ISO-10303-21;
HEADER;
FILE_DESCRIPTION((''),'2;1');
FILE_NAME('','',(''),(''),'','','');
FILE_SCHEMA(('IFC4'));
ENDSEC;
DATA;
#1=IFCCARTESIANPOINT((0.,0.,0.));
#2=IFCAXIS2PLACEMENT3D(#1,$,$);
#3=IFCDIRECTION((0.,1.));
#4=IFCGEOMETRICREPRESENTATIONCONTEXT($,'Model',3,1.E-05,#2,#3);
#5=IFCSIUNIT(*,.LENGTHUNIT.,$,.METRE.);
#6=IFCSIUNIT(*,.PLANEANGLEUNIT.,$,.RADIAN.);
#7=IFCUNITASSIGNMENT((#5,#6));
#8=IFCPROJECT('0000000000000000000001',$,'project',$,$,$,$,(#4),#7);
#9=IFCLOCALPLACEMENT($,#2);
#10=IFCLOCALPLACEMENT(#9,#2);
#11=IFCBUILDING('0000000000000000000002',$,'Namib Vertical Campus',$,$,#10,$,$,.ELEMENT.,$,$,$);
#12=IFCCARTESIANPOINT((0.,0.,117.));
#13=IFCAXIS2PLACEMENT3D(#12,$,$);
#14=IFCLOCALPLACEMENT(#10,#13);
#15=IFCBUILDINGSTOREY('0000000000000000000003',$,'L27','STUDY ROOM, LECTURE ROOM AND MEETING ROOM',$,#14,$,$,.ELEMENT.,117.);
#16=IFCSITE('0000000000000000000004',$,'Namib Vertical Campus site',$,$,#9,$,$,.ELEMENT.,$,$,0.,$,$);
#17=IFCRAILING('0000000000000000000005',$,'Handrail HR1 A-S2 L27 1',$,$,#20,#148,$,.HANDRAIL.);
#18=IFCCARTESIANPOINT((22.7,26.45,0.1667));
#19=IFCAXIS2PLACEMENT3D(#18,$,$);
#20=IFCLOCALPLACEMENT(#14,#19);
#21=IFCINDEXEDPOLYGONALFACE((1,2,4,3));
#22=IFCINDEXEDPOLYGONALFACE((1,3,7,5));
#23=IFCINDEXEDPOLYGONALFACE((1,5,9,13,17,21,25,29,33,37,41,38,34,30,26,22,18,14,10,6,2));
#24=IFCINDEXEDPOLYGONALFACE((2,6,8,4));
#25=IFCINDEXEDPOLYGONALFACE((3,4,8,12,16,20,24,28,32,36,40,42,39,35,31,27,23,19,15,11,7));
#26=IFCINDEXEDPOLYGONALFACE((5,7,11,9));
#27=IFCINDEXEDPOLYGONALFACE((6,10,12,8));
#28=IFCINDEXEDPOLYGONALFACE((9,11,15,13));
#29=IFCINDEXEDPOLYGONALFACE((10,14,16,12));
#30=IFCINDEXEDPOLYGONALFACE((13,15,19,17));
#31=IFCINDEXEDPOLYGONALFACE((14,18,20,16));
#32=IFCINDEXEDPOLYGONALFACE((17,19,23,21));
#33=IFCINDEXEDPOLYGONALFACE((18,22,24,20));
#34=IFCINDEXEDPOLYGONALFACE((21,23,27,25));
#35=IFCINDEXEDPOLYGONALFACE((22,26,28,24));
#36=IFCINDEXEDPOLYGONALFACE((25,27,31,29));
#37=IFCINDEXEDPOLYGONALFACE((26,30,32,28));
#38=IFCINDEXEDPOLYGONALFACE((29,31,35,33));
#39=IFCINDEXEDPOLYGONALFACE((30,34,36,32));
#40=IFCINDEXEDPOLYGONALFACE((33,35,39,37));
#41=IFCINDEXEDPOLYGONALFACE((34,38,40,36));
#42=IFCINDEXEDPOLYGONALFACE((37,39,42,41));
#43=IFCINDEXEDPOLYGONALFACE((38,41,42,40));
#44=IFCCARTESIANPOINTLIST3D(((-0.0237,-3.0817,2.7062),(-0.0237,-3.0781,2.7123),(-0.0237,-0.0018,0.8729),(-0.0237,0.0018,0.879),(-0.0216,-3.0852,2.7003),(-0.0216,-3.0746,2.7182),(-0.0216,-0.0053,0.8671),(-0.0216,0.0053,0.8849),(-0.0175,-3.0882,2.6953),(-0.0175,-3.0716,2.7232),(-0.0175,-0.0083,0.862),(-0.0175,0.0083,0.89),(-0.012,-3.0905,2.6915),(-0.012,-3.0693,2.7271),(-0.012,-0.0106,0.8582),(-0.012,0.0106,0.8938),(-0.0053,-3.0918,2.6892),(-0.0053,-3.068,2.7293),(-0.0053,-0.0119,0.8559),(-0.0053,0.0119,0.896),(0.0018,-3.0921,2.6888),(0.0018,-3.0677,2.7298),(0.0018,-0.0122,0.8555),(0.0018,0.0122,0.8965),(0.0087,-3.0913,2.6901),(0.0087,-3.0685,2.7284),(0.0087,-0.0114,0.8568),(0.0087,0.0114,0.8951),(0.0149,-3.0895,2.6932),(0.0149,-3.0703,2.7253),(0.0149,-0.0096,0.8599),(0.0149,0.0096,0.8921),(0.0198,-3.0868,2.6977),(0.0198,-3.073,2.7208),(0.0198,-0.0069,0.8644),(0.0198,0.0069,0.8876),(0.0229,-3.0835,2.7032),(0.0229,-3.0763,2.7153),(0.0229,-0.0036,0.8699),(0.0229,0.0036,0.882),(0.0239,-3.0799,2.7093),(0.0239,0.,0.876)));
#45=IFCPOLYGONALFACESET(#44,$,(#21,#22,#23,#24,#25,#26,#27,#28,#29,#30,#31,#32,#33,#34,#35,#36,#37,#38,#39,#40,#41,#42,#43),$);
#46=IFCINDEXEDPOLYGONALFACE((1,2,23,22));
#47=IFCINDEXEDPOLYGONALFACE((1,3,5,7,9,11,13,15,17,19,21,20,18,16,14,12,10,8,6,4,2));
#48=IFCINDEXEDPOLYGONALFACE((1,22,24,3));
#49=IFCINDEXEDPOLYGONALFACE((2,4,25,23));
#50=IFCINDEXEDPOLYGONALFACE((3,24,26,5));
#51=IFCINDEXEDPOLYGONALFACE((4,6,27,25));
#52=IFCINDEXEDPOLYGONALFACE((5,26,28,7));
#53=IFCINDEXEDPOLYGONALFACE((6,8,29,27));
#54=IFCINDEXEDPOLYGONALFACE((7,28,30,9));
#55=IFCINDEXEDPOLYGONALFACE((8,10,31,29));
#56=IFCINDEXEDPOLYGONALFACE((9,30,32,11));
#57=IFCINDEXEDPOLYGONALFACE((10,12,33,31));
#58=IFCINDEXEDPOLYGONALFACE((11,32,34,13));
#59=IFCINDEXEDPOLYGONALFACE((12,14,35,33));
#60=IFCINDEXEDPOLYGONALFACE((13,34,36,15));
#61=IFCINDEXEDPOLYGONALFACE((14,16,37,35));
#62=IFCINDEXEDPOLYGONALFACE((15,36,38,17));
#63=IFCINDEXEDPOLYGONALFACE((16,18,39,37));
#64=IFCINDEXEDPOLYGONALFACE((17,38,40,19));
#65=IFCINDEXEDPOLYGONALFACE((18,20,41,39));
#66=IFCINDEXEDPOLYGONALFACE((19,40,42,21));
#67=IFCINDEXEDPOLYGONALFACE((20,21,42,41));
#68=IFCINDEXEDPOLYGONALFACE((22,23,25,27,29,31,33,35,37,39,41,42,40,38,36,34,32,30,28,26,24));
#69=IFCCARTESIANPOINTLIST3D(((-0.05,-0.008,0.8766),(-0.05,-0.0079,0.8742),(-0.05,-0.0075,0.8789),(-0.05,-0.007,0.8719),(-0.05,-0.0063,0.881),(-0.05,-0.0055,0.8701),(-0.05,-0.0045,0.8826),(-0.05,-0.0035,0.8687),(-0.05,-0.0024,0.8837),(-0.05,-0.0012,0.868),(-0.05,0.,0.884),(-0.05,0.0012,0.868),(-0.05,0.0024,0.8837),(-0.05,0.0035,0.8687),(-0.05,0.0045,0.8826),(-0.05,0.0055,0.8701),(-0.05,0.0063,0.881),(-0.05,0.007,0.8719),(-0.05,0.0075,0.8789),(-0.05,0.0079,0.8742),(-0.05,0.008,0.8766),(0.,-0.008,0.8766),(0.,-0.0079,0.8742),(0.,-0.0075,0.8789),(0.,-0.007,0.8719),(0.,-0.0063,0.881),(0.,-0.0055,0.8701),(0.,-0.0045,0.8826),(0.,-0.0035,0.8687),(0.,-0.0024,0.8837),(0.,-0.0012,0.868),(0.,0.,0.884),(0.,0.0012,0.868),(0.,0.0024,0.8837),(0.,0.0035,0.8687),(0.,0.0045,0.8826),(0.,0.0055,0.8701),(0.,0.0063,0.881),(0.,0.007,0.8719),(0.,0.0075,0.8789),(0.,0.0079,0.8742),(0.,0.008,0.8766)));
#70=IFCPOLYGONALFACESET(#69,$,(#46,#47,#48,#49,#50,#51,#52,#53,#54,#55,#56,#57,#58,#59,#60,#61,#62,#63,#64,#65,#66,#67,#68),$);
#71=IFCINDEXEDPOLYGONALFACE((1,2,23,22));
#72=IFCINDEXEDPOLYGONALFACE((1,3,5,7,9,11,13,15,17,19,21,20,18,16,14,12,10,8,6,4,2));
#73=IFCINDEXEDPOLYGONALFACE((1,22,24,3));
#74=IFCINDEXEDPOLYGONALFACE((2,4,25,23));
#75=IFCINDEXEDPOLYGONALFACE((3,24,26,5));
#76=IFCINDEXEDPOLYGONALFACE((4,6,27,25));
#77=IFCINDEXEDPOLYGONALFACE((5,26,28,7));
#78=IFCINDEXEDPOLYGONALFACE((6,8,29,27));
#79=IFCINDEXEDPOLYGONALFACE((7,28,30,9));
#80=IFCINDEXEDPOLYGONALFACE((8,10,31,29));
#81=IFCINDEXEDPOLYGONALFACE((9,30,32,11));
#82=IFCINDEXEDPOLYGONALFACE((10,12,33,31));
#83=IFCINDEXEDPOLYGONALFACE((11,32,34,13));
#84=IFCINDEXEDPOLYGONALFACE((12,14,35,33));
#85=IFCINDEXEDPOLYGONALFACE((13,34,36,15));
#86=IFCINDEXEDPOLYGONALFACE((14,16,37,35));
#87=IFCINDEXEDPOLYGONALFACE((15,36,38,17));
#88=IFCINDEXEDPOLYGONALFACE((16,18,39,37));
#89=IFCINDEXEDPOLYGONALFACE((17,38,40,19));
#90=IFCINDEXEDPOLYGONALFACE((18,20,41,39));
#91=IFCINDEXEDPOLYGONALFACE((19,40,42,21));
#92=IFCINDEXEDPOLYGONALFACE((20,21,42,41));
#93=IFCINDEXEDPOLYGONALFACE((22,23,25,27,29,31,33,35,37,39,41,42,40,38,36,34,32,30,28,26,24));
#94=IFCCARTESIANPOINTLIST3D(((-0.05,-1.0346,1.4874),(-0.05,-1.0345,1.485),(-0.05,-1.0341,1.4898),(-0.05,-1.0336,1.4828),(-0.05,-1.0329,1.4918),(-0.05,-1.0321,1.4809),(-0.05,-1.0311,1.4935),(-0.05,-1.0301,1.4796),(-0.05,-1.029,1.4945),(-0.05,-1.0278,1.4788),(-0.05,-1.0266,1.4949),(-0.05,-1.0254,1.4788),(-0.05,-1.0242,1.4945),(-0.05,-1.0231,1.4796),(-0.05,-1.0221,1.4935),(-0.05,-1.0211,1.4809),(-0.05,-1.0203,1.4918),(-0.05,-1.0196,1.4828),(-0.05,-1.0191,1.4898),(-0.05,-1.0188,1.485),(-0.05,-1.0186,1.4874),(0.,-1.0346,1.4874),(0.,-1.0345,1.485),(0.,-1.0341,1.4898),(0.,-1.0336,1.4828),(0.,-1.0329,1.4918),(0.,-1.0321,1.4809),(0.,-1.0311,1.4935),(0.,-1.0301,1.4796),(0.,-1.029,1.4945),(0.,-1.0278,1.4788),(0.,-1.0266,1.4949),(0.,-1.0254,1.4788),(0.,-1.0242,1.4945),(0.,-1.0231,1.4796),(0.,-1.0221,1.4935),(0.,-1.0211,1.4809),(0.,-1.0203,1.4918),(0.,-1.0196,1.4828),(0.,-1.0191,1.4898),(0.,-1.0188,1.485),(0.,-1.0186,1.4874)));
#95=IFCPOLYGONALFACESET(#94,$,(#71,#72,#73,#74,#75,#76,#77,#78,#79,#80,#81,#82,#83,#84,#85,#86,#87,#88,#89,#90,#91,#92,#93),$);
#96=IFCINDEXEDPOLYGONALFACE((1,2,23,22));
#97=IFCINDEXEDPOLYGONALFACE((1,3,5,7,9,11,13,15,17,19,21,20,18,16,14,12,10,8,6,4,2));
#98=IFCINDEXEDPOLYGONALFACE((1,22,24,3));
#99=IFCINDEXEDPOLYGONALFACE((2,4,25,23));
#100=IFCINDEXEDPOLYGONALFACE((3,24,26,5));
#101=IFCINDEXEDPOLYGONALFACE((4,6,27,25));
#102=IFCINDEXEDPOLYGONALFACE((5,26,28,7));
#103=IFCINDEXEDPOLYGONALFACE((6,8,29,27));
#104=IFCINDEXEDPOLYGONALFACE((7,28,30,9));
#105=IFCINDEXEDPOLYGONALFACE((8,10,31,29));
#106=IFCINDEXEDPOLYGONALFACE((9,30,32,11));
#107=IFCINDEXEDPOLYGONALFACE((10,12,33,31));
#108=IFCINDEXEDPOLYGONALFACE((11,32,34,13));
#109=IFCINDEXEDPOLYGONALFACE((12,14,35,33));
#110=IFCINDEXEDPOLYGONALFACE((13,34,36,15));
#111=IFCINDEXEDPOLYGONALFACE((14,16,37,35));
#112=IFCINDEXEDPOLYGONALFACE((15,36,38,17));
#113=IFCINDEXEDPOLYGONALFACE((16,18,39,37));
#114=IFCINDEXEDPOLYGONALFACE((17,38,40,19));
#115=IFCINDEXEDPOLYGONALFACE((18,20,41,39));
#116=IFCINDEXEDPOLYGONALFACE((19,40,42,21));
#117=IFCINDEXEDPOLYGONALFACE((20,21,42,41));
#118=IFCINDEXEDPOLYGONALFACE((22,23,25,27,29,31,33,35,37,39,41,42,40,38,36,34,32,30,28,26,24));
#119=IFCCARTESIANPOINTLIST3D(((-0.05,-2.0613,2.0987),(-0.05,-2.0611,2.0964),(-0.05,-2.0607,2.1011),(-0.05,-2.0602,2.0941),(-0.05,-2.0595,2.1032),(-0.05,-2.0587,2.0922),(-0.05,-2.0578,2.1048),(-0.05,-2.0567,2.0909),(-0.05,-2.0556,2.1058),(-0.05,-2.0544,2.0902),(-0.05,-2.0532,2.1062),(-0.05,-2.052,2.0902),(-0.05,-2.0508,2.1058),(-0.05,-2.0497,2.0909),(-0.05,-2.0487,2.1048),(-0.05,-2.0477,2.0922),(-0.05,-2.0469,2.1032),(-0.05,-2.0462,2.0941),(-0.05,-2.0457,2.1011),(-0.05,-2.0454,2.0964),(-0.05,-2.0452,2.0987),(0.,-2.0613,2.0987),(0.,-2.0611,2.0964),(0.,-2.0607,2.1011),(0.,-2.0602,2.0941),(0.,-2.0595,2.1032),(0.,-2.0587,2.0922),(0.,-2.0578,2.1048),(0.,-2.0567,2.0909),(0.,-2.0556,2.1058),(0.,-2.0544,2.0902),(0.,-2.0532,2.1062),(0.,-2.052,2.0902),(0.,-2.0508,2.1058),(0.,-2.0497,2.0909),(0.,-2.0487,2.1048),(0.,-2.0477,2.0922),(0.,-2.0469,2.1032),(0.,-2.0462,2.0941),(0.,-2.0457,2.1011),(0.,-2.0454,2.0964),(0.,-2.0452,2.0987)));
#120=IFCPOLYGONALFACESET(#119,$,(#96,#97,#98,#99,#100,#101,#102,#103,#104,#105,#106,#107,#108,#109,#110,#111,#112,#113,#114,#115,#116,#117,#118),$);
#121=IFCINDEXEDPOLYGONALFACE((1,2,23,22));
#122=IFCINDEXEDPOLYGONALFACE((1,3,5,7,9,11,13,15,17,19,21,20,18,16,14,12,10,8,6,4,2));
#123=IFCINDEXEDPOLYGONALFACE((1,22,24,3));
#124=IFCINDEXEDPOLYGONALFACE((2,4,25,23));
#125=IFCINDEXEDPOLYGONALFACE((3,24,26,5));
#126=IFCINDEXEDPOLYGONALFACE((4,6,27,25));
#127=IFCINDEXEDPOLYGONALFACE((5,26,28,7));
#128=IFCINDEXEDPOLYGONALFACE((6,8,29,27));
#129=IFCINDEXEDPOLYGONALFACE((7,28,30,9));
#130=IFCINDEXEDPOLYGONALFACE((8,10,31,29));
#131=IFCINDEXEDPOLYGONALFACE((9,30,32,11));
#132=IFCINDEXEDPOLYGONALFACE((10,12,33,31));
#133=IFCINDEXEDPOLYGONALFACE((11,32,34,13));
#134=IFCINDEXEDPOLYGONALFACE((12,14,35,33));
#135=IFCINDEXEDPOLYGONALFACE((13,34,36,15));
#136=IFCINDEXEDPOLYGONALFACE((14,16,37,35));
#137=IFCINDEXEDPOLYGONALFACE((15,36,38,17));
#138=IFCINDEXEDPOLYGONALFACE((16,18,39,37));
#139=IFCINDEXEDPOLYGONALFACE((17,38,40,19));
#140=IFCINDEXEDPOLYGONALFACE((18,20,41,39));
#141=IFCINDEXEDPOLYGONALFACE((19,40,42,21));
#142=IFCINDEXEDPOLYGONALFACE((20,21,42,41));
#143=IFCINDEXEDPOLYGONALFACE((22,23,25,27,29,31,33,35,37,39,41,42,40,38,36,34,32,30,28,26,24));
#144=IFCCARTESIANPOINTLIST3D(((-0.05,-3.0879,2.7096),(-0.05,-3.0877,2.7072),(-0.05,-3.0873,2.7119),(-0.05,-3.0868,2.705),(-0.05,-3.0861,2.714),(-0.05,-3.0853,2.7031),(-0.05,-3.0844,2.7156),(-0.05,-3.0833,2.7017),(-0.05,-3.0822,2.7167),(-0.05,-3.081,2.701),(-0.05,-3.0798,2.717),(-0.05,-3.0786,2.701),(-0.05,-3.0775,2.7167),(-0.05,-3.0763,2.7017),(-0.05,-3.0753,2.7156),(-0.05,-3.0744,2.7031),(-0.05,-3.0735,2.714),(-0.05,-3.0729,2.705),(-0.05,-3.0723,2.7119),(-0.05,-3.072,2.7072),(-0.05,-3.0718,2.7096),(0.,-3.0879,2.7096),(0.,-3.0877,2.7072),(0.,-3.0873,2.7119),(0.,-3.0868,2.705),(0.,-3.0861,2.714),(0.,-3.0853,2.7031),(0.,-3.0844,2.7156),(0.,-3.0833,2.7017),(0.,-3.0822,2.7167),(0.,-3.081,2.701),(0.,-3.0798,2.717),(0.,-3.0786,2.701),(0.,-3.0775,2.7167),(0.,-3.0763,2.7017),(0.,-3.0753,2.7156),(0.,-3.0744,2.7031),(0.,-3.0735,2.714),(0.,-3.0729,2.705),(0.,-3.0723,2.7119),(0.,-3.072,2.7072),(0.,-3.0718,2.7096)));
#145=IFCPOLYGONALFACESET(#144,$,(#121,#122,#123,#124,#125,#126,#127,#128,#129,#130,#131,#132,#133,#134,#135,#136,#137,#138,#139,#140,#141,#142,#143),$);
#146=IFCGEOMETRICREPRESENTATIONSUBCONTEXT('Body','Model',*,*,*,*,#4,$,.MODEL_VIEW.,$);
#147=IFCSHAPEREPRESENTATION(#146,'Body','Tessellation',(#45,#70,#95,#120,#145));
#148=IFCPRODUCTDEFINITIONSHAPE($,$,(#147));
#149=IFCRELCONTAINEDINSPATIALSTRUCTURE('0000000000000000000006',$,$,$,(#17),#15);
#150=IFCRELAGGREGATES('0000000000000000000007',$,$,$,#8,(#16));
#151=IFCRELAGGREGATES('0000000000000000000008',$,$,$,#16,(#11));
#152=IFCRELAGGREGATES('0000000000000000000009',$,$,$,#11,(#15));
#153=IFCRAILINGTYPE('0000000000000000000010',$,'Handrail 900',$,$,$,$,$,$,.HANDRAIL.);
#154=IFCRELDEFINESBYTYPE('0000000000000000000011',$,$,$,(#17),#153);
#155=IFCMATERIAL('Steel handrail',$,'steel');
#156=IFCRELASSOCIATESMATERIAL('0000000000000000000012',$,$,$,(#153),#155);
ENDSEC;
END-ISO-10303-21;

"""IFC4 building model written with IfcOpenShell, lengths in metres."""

from ifc_helpers import new_model, si_unit, direction, frame, origin, origin_2d, place, context, subcontext, project, spatial, circle, extrude, material, type_object, element, save


model = new_model("IFC4")

# Units and contexts
model_context = context("Model", 3, precision=1e-05, world=origin(), true_north=direction((0.0, 1.0)))
body_context = subcontext(model_context, "Body", "Model", "MODEL_VIEW")
ifc_project = project(units=[si_unit("LENGTHUNIT", "METRE"), si_unit("PLANEANGLEUNIT", "RADIAN")], contexts=[model_context])

# Site, building, storey
site_placement = place(None, origin())
site = spatial("IfcSite", under=ifc_project, at=site_placement, Name="Namib Vertical Campus site", CompositionType="ELEMENT", RefElevation=0.0)
building_placement = place(site_placement, origin())
building = spatial("IfcBuilding", under=site, at=building_placement, Name="Namib Vertical Campus", CompositionType="ELEMENT")
storey_placement = place(building_placement, frame((0.0, 0.0, 117.0)))
storey = spatial("IfcBuildingStorey", under=building, at=storey_placement, Name="L27", Description="STUDY ROOM, LECTURE ROOM AND MEETING ROOM", CompositionType="ELEMENT", Elevation=117.0)

# Railing
ifc_material_1 = material(Name="Steel handrail", Category="steel")
railing_type_1 = type_object("IfcRailingType", Name="Handrail 900", PredefinedType="HANDRAIL", material=ifc_material_1)
railing_1_placement = place(storey_placement, frame((22.7, 26.45, 0.1667)))
element("IfcRailing", 1, at=railing_1_placement, inside=storey, type_object=railing_type_1, Name="Handrail HR1 A-S2 L27 1", PredefinedType="HANDRAIL", context=body_context, shape_type="SweptSolid", body=[
    extrude(circle(Radius=0.0239, at=origin_2d()), frame((0.0, 0.0, 0.876), z_axis=(0.0, -0.859291, 0.511487), x_axis=(1.0, 0.0, 0.0)), (0.0, 0.0, 1.0), 3.5842),
    extrude(circle(Radius=0.0081, at=origin_2d()), frame((0.0, 0.0, 0.876), z_axis=(-1.0, 0.0, 0.0), x_axis=(0.0, 0.0, 1.0)), (0.0, 0.0, 1.0), 0.05),
    extrude(circle(Radius=0.0081, at=origin_2d()), frame((0.0, -1.0266, 1.4868), z_axis=(-1.0, 0.0, 0.0), x_axis=(0.0, 0.0, 1.0)), (0.0, 0.0, 1.0), 0.05),
    extrude(circle(Radius=0.0081, at=origin_2d()), frame((0.0, -2.0532, 2.0981), z_axis=(-1.0, 0.0, 0.0), x_axis=(0.0, 0.0, 1.0)), (0.0, 0.0, 1.0), 0.05),
    extrude(circle(Radius=0.0081, at=origin_2d()), frame((0.0, -3.0798, 2.709), z_axis=(-1.0, 0.0, 0.0), x_axis=(0.0, 0.0, 1.0)), (0.0, 0.0, 1.0), 0.05),
])

save(model, "model.ifc")
